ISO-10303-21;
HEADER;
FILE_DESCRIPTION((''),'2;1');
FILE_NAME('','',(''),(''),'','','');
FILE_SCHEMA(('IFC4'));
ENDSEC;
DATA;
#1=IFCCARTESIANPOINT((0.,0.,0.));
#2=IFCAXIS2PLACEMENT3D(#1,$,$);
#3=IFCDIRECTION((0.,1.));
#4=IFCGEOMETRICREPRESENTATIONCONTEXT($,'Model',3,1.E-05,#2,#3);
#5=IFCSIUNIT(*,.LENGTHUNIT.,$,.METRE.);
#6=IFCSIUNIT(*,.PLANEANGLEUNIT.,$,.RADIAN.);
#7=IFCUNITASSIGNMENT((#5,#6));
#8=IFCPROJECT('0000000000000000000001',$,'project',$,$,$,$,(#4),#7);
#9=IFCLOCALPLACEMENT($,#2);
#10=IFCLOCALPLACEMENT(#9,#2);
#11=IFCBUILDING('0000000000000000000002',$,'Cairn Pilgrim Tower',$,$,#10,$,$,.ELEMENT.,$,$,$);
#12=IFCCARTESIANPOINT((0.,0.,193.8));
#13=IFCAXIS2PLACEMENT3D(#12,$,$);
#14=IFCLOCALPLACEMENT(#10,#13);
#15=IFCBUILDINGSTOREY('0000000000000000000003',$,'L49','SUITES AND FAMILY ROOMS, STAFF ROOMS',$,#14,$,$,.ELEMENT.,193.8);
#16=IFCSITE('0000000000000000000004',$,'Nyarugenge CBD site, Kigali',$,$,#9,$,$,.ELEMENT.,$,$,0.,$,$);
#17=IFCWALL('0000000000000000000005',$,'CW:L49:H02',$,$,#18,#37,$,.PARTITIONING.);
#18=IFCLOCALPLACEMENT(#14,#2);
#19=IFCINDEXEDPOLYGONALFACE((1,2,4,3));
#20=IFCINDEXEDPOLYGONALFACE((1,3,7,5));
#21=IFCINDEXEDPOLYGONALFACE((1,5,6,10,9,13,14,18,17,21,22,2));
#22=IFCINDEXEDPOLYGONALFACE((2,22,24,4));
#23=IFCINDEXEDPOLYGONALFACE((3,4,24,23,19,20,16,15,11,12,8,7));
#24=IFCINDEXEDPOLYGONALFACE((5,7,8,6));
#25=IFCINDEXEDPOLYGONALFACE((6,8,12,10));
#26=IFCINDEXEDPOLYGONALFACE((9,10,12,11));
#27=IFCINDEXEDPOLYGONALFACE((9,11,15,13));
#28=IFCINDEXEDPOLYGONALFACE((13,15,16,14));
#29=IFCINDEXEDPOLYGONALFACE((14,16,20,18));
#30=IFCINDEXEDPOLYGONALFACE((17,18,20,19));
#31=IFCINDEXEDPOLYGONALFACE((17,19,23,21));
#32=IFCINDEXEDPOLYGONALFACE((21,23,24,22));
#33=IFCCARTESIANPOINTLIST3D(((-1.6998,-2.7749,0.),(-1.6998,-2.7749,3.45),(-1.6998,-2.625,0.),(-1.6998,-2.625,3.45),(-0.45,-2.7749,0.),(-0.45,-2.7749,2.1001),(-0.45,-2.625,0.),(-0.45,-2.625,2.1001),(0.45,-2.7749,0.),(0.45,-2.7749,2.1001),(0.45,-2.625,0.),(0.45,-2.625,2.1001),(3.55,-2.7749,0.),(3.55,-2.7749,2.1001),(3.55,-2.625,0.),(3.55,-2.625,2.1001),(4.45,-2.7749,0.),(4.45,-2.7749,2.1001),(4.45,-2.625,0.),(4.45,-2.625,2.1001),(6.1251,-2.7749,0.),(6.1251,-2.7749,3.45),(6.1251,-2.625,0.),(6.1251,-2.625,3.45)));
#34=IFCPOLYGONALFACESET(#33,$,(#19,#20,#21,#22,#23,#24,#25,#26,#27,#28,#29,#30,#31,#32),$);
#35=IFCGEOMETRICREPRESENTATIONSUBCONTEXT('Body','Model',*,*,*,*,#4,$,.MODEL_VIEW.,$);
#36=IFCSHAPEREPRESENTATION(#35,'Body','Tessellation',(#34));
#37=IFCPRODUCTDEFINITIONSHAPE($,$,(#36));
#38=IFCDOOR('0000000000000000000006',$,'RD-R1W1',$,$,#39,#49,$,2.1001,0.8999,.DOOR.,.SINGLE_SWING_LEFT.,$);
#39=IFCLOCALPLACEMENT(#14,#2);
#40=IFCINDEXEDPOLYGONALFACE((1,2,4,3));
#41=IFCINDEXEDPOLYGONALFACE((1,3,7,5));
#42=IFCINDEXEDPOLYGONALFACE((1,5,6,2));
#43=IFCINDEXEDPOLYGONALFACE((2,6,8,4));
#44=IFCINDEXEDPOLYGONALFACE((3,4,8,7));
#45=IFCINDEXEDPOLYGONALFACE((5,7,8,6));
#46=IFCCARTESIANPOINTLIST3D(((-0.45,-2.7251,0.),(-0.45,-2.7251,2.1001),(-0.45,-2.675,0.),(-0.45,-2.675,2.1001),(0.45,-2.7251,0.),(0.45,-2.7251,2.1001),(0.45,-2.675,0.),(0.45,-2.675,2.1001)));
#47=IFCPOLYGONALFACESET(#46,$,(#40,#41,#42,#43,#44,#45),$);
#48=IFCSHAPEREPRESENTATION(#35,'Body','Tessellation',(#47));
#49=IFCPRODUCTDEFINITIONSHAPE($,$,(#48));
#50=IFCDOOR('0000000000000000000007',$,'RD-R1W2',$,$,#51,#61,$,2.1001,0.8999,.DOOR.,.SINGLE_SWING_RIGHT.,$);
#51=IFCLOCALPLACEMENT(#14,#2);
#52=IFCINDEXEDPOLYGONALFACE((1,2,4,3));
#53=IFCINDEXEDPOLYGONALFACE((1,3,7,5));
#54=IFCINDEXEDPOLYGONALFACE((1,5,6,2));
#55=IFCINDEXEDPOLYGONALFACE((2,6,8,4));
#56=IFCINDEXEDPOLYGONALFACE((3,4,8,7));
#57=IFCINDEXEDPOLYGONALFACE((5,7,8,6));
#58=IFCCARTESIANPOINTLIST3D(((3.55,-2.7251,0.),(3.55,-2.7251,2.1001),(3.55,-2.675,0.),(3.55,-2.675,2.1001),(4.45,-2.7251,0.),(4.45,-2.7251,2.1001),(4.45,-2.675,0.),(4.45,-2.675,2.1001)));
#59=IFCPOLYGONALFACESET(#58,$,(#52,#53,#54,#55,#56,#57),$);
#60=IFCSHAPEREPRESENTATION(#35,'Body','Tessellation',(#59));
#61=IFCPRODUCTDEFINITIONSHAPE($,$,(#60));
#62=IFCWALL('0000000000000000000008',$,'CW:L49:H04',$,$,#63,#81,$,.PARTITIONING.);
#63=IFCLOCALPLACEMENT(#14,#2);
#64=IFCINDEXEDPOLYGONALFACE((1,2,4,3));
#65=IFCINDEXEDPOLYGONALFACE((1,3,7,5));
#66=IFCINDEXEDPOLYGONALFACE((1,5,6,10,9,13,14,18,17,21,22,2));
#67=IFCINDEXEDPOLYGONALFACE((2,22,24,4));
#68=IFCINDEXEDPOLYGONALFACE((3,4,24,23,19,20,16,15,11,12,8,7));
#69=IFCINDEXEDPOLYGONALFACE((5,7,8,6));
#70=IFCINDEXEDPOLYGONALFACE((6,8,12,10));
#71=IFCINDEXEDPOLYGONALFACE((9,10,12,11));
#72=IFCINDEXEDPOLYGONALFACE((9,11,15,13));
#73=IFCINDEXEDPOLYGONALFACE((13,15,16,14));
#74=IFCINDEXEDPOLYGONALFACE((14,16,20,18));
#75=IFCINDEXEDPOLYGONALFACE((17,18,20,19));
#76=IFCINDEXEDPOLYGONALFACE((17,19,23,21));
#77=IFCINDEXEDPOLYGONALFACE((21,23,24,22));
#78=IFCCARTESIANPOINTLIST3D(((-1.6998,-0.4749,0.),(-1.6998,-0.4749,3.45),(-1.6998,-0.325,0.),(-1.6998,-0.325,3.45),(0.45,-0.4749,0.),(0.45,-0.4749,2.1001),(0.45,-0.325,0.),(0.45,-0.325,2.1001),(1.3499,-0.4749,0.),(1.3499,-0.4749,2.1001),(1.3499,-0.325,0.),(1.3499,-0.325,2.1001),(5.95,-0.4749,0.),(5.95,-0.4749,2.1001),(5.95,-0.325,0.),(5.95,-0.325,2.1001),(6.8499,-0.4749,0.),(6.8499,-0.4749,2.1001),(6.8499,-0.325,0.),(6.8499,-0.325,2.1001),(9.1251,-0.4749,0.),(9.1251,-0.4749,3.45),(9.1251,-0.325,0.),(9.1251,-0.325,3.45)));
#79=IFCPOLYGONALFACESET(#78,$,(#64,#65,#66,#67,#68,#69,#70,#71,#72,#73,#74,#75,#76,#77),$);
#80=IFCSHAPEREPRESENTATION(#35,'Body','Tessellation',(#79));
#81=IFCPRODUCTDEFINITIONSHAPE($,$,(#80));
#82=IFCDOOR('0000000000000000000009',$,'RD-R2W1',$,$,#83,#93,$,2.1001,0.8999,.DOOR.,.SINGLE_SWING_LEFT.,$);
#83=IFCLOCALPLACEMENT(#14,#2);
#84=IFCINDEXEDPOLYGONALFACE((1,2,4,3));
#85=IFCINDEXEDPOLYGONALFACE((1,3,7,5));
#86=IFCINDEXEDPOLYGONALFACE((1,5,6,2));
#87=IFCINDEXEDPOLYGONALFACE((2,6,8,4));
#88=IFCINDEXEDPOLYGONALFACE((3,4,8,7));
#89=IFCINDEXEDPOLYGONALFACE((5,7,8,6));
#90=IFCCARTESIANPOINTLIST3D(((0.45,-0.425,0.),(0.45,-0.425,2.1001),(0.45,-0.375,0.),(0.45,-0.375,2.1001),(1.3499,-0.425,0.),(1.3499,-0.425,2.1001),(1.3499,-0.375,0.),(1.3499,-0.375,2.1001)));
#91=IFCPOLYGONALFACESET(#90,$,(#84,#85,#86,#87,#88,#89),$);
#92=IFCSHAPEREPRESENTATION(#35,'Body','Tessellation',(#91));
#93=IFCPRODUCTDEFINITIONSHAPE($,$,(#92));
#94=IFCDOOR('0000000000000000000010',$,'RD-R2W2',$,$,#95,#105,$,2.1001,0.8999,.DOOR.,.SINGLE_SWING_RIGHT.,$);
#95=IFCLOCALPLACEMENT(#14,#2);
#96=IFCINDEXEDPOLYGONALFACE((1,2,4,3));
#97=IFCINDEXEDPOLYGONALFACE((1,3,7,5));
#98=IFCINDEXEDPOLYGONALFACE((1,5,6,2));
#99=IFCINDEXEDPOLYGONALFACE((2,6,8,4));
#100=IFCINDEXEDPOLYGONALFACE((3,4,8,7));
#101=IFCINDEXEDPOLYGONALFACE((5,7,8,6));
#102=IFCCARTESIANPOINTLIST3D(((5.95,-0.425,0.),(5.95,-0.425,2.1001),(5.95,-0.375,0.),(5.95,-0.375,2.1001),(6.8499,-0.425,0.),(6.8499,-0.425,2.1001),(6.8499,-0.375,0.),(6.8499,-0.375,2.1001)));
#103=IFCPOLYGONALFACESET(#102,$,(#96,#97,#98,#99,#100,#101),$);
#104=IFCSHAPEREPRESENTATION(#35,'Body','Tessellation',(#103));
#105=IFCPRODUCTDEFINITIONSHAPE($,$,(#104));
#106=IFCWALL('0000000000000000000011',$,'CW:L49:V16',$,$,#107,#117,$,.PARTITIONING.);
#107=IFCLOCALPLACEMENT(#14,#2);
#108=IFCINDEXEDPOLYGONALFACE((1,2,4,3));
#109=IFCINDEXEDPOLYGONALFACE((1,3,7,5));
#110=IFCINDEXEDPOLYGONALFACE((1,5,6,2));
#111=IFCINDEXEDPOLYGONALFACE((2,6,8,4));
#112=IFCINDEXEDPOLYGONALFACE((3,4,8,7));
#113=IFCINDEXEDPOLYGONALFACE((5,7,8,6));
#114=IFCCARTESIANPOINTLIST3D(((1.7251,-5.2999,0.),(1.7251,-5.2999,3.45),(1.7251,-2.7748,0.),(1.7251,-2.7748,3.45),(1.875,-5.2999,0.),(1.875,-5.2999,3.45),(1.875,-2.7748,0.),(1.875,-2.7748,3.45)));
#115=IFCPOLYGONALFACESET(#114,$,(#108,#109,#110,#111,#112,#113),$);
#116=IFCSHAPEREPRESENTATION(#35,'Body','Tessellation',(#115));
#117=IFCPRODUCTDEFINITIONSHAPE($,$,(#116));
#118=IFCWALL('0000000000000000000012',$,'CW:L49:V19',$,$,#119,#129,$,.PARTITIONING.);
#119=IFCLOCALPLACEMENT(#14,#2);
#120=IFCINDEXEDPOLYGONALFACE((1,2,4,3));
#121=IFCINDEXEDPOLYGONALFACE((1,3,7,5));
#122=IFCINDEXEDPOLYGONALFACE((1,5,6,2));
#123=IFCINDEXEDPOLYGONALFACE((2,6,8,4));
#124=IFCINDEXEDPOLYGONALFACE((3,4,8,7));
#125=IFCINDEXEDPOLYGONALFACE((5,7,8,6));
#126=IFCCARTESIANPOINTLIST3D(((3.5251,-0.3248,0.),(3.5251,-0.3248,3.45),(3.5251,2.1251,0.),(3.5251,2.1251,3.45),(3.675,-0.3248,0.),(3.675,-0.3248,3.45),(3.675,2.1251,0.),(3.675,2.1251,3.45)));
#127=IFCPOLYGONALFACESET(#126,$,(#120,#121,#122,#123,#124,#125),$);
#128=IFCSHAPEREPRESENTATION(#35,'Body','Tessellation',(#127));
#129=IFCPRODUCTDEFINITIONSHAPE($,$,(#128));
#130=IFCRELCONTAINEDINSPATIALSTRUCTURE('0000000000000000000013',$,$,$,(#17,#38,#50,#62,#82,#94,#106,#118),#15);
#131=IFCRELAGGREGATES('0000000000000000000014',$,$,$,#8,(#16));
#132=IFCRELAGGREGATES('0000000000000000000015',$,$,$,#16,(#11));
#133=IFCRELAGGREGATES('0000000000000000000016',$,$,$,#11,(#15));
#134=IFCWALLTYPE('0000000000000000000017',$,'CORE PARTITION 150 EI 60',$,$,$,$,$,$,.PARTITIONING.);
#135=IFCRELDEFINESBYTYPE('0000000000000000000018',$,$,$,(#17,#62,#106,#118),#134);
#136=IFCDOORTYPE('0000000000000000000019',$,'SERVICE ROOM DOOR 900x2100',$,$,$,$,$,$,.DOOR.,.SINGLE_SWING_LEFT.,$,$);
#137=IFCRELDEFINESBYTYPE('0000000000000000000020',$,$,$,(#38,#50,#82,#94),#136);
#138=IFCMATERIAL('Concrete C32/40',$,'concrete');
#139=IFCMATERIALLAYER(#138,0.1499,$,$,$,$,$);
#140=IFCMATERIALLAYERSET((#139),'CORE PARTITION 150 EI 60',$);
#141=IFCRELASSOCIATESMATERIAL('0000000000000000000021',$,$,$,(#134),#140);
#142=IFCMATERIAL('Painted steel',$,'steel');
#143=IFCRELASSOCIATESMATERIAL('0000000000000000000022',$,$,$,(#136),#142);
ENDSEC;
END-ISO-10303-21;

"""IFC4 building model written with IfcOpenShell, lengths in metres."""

from ifc_helpers import new_model, si_unit, direction, frame, frame_2d, origin, place, context, subcontext, project, spatial, rectangle, extrude, material, layer, layer_set, type_object, element, fill, save


model = new_model("IFC4")

# Units and contexts
model_context = context("Model", 3, precision=1e-05, world=origin(), true_north=direction((0.0, 1.0)))
body_context = subcontext(model_context, "Body", "Model", "MODEL_VIEW")
ifc_project = project(units=[si_unit("LENGTHUNIT", "METRE"), si_unit("PLANEANGLEUNIT", "RADIAN")], contexts=[model_context])

# Site, building, storey
site_placement = place(None, origin())
site = spatial("IfcSite", under=ifc_project, at=site_placement, Name="Nyarugenge CBD site, Kigali", CompositionType="ELEMENT", RefElevation=0.0)
building_placement = place(site_placement, origin())
building = spatial("IfcBuilding", under=site, at=building_placement, Name="Cairn Pilgrim Tower", CompositionType="ELEMENT")
storey_placement = place(building_placement, frame((0.0, 0.0, 193.8)))
storey = spatial("IfcBuildingStorey", under=building, at=storey_placement, Name="L49", Description="SUITES AND FAMILY ROOMS, STAFF ROOMS", CompositionType="ELEMENT", Elevation=193.8)

# Shared definitions
ifc_material_1 = material(Name="Concrete C32/40", Category="concrete")

# Walls, openings, doors
ifc_material_2 = material(Name="Painted steel", Category="steel")
ifc_layer_1 = layer(ifc_material_1, 0.1499)
ifc_layer_set_1 = layer_set([ifc_layer_1], Name="CORE PARTITION 150 EI 60")
wall_type_1 = type_object("IfcWallType", Name="CORE PARTITION 150 EI 60", PredefinedType="PARTITIONING", material=ifc_layer_set_1)
wall_1_placement = place(storey_placement, frame((-1.7, -2.7, 0.0), z_axis=(0.0, 0.0, 1.0), x_axis=(1.0, 0.0, 0.0)))
wall_1 = element("IfcWall", 1, at=wall_1_placement, inside=storey, type_object=wall_type_1, Name="CW:L49:H02", PredefinedType="PARTITIONING", context=body_context, shape_type="SweptSolid", body=[
    extrude(rectangle(XDim=7.825, YDim=0.1499, at=frame_2d((3.9126, 0.0))), origin(), (0.0, 0.0, 1.0), 3.45),
])
opening_1_placement = place(wall_1_placement, frame((1.25, 0.0, 0.0)))
opening_1 = element("IfcOpeningElement", 2, at=opening_1_placement, cuts=wall_1, PredefinedType="OPENING", context=body_context, shape_type="SweptSolid", body=[
    extrude(rectangle(XDim=0.8999, YDim=2.1001, at=frame_2d((0.45, 1.05))), frame((0.0, 0.085, 0.0), z_axis=(0.0, -1.0, 0.0), x_axis=(1.0, 0.0, 0.0)), (0.0, 0.0, 1.0), 0.1699),
])
opening_2_placement = place(wall_1_placement, frame((5.25, 0.0, 0.0)))
opening_2 = element("IfcOpeningElement", 3, at=opening_2_placement, cuts=wall_1, PredefinedType="OPENING", context=body_context, shape_type="SweptSolid", body=[
    extrude(rectangle(XDim=0.8999, YDim=2.1001, at=frame_2d((0.45, 1.05))), frame((0.0, 0.085, 0.0), z_axis=(0.0, -1.0, 0.0), x_axis=(1.0, 0.0, 0.0)), (0.0, 0.0, 1.0), 0.1699),
])
door_type_1 = type_object("IfcDoorType", Name="SERVICE ROOM DOOR 900x2100", OperationType="SINGLE_SWING_LEFT", PredefinedType="DOOR", material=ifc_material_2)
door_1_placement = place(opening_1_placement, origin())
door_1 = element("IfcDoor", 4, at=door_1_placement, inside=storey, type_object=door_type_1, Name="RD-R1W1", OperationType="SINGLE_SWING_LEFT", OverallHeight=2.1001, OverallWidth=0.8999, PredefinedType="DOOR", context=body_context, shape_type="SweptSolid", body=[
    extrude(rectangle(XDim=0.8999, YDim=2.1001, at=frame_2d((0.45, 1.05))), frame((0.0, 0.0249, 0.0), z_axis=(0.0, -1.0, 0.0), x_axis=(1.0, 0.0, 0.0)), (0.0, 0.0, 1.0), 0.05),
])
fill(opening_1, door_1)
door_2_placement = place(opening_2_placement, origin())
door_2 = element("IfcDoor", 5, at=door_2_placement, inside=storey, type_object=door_type_1, Name="RD-R1W2", OperationType="SINGLE_SWING_RIGHT", OverallHeight=2.1001, OverallWidth=0.8999, PredefinedType="DOOR", context=body_context, shape_type="SweptSolid", body=[
    extrude(rectangle(XDim=0.8999, YDim=2.1001, at=frame_2d((0.45, 1.05))), frame((0.0, 0.0249, 0.0), z_axis=(0.0, -1.0, 0.0), x_axis=(1.0, 0.0, 0.0)), (0.0, 0.0, 1.0), 0.05),
])
fill(opening_2, door_2)
wall_2_placement = place(storey_placement, frame((-1.7, -0.3999, 0.0), z_axis=(0.0, 0.0, 1.0), x_axis=(1.0, 0.0, 0.0)))
wall_2 = element("IfcWall", 6, at=wall_2_placement, inside=storey, type_object=wall_type_1, Name="CW:L49:H04", PredefinedType="PARTITIONING", context=body_context, shape_type="SweptSolid", body=[
    extrude(rectangle(XDim=10.825, YDim=0.1499, at=frame_2d((5.4126, 0.0))), origin(), (0.0, 0.0, 1.0), 3.45),
])
opening_3_placement = place(wall_2_placement, frame((2.1499, 0.0, 0.0)))
opening_3 = element("IfcOpeningElement", 7, at=opening_3_placement, cuts=wall_2, PredefinedType="OPENING", context=body_context, shape_type="SweptSolid", body=[
    extrude(rectangle(XDim=0.8999, YDim=2.1001, at=frame_2d((0.45, 1.05))), frame((0.0, 0.085, 0.0), z_axis=(0.0, -1.0, 0.0), x_axis=(1.0, 0.0, 0.0)), (0.0, 0.0, 1.0), 0.1699),
])
opening_4_placement = place(wall_2_placement, frame((7.6499, 0.0, 0.0)))
opening_4 = element("IfcOpeningElement", 8, at=opening_4_placement, cuts=wall_2, PredefinedType="OPENING", context=body_context, shape_type="SweptSolid", body=[
    extrude(rectangle(XDim=0.8999, YDim=2.1001, at=frame_2d((0.45, 1.05))), frame((0.0, 0.085, 0.0), z_axis=(0.0, -1.0, 0.0), x_axis=(1.0, 0.0, 0.0)), (0.0, 0.0, 1.0), 0.1699),
])
door_3_placement = place(opening_3_placement, origin())
door_3 = element("IfcDoor", 9, at=door_3_placement, inside=storey, type_object=door_type_1, Name="RD-R2W1", OperationType="SINGLE_SWING_LEFT", OverallHeight=2.1001, OverallWidth=0.8999, PredefinedType="DOOR", context=body_context, shape_type="SweptSolid", body=[
    extrude(rectangle(XDim=0.8999, YDim=2.1001, at=frame_2d((0.45, 1.05))), frame((0.0, 0.0249, 0.0), z_axis=(0.0, -1.0, 0.0), x_axis=(1.0, 0.0, 0.0)), (0.0, 0.0, 1.0), 0.05),
])
fill(opening_3, door_3)
door_4_placement = place(opening_4_placement, origin())
door_4 = element("IfcDoor", 10, at=door_4_placement, inside=storey, type_object=door_type_1, Name="RD-R2W2", OperationType="SINGLE_SWING_RIGHT", OverallHeight=2.1001, OverallWidth=0.8999, PredefinedType="DOOR", context=body_context, shape_type="SweptSolid", body=[
    extrude(rectangle(XDim=0.8999, YDim=2.1001, at=frame_2d((0.45, 1.05))), frame((0.0, 0.0249, 0.0), z_axis=(0.0, -1.0, 0.0), x_axis=(1.0, 0.0, 0.0)), (0.0, 0.0, 1.0), 0.05),
])
fill(opening_4, door_4)

# Walls
wall_3_placement = place(storey_placement, frame((1.8, -5.3, 0.0), z_axis=(0.0, 0.0, 1.0), x_axis=(0.0, 1.0, 0.0)))
element("IfcWall", 11, at=wall_3_placement, inside=storey, type_object=wall_type_1, Name="CW:L49:V16", PredefinedType="PARTITIONING", context=body_context, shape_type="SweptSolid", body=[
    extrude(rectangle(XDim=2.5251, YDim=0.1499, at=frame_2d((1.2627, 0.0))), origin(), (0.0, 0.0, 1.0), 3.45),
])
wall_4_placement = place(storey_placement, frame((3.6001, -0.325, 0.0), z_axis=(0.0, 0.0, 1.0), x_axis=(0.0, 1.0, 0.0)))
element("IfcWall", 12, at=wall_4_placement, inside=storey, type_object=wall_type_1, Name="CW:L49:V19", PredefinedType="PARTITIONING", context=body_context, shape_type="SweptSolid", body=[
    extrude(rectangle(XDim=2.45, YDim=0.1499, at=frame_2d((1.2251, 0.0))), origin(), (0.0, 0.0, 1.0), 3.45),
])

save(model, "model.ifc")
